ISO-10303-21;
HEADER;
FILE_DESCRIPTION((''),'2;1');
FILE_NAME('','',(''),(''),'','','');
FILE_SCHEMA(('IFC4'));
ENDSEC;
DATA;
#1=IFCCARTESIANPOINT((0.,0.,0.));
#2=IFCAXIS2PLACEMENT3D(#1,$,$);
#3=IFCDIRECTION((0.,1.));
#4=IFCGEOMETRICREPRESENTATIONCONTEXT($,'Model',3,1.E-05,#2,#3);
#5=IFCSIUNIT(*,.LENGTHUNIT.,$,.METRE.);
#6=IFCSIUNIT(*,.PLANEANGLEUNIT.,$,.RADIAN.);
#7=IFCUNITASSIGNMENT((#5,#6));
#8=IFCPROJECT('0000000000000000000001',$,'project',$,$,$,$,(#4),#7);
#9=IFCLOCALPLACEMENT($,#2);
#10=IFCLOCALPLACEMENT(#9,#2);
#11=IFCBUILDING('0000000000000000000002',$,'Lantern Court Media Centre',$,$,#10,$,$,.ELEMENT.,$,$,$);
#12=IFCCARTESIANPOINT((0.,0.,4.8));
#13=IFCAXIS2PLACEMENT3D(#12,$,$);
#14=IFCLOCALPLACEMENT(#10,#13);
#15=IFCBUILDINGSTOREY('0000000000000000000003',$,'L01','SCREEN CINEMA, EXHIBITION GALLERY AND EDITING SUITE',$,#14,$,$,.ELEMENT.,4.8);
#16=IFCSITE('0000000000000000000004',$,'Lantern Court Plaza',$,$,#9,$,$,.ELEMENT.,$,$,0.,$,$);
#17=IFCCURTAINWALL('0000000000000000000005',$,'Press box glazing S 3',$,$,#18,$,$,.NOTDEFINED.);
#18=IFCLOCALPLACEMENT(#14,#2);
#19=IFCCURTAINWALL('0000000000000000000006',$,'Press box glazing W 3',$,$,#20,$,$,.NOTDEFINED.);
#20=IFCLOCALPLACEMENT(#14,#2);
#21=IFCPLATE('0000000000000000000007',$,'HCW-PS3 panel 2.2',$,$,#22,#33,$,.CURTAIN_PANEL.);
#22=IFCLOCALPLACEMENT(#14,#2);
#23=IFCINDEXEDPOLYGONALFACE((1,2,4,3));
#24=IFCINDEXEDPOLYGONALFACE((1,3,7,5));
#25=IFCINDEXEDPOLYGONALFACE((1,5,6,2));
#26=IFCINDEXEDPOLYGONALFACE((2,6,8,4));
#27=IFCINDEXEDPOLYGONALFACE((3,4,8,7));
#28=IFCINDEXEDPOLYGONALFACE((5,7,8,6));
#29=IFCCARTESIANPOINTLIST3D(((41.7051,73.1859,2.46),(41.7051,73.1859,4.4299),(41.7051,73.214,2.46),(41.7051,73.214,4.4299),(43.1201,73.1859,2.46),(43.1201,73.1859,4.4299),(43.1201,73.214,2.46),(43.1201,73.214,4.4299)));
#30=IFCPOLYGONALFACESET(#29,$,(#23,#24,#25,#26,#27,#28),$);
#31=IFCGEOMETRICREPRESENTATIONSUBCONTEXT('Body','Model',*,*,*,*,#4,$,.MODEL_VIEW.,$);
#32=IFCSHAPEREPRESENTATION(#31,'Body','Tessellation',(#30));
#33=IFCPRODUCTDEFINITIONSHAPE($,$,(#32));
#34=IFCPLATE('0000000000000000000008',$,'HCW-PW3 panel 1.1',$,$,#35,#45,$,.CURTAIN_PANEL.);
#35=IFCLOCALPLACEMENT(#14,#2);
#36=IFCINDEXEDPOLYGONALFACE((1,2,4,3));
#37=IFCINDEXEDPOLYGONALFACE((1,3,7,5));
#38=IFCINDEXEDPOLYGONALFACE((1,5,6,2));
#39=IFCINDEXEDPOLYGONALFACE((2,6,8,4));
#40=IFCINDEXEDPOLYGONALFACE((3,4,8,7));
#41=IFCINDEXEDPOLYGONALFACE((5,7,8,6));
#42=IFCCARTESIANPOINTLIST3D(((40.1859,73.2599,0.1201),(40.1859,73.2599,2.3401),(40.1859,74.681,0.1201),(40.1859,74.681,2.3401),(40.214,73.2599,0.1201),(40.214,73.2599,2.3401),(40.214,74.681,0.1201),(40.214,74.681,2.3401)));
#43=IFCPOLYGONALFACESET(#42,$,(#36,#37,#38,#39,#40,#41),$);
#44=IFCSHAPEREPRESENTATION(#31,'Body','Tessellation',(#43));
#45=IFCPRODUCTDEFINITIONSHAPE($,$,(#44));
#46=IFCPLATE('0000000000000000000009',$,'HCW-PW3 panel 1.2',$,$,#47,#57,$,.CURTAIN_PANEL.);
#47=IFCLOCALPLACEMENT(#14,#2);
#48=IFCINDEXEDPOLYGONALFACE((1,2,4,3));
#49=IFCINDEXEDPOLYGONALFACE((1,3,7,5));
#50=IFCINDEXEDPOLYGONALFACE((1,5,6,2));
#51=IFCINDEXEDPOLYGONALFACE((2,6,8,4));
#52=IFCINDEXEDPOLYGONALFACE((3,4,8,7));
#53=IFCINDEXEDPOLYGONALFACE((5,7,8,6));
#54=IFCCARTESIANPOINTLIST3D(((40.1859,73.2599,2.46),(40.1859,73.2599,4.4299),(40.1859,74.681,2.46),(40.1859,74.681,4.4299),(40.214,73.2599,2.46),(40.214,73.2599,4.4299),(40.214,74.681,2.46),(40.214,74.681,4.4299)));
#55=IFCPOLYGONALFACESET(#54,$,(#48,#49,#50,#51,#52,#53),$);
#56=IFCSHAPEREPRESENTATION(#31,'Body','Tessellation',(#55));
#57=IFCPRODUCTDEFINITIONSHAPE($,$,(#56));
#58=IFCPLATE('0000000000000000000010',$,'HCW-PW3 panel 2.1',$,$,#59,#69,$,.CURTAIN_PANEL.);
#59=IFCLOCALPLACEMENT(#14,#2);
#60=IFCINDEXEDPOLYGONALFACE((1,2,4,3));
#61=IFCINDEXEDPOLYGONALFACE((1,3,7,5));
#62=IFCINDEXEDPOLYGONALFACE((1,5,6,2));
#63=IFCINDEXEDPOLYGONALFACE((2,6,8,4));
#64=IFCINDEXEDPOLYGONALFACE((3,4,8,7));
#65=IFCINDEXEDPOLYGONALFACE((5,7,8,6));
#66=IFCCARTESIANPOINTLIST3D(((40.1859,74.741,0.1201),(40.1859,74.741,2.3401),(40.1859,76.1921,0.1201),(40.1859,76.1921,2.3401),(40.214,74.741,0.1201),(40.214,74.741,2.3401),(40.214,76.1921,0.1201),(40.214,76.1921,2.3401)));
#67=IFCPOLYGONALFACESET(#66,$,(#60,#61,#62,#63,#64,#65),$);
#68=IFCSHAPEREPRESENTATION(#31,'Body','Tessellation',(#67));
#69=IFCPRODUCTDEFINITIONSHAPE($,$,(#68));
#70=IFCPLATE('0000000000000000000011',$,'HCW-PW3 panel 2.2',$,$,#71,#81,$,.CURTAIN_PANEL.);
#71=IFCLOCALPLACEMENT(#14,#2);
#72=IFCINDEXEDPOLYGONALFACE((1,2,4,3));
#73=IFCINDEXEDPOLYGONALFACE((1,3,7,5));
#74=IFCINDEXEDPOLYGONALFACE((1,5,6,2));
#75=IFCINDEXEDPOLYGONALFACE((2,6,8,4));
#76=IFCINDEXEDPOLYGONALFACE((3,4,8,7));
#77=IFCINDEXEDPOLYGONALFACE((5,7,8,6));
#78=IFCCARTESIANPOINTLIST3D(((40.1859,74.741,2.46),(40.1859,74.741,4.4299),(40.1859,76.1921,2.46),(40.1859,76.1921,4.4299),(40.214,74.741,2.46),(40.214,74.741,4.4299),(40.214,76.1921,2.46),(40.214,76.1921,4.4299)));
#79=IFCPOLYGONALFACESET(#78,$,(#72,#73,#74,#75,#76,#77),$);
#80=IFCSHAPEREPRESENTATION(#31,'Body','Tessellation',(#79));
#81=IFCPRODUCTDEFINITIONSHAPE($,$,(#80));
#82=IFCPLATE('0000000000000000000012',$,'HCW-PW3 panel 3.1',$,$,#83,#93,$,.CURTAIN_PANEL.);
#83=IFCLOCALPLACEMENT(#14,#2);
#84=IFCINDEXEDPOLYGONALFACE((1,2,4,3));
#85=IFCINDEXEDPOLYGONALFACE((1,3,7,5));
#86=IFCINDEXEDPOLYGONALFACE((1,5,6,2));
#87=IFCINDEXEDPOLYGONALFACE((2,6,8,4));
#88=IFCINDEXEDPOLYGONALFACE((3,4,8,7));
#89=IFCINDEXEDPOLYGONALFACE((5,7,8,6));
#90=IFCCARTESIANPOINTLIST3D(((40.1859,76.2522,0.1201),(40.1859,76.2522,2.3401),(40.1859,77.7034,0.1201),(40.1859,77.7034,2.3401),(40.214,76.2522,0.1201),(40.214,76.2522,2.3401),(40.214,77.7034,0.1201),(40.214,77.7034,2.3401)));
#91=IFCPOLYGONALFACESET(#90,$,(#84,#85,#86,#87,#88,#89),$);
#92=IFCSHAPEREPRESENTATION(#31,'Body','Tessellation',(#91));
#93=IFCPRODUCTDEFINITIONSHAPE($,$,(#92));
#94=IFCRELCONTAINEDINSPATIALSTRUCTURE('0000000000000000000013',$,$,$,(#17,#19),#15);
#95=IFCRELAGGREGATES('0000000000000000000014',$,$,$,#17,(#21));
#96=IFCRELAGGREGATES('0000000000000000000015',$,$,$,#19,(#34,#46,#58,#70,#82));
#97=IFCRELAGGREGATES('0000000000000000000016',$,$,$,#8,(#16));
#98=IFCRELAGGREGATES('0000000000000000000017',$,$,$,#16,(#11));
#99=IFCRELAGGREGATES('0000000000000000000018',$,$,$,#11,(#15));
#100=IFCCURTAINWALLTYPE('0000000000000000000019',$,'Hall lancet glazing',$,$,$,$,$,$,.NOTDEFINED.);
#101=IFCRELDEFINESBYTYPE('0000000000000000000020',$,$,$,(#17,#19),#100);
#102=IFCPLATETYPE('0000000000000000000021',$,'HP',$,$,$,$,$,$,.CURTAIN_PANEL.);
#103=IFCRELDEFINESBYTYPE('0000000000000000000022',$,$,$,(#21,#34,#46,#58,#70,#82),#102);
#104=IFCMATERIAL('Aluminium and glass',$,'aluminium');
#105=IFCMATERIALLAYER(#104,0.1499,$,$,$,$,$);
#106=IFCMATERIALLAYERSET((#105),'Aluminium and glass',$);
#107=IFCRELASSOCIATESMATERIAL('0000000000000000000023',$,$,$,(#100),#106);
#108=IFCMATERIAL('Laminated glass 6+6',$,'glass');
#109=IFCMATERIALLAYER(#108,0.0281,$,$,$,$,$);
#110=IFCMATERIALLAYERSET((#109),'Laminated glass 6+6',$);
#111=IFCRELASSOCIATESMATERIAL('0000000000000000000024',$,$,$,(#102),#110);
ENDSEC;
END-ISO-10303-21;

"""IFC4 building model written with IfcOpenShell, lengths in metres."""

from ifc_helpers import new_model, si_unit, direction, frame, origin, origin_2d, place, context, subcontext, project, spatial, rectangle, extrude, material, layer, layer_set, type_object, element, aggregate, save


model = new_model("IFC4")

# Units and contexts
model_context = context("Model", 3, precision=1e-05, world=origin(), true_north=direction((0.0, 1.0)))
body_context = subcontext(model_context, "Body", "Model", "MODEL_VIEW")
ifc_project = project(units=[si_unit("LENGTHUNIT", "METRE"), si_unit("PLANEANGLEUNIT", "RADIAN")], contexts=[model_context])

# Site, building, storey
site_placement = place(None, origin())
site = spatial("IfcSite", under=ifc_project, at=site_placement, Name="Lantern Court Plaza", CompositionType="ELEMENT", RefElevation=0.0)
building_placement = place(site_placement, origin())
building = spatial("IfcBuilding", under=site, at=building_placement, Name="Lantern Court Media Centre", CompositionType="ELEMENT")
storey_placement = place(building_placement, frame((0.0, 0.0, 4.8)))
storey = spatial("IfcBuildingStorey", under=building, at=storey_placement, Name="L01", Description="SCREEN CINEMA, EXHIBITION GALLERY AND EDITING SUITE", CompositionType="ELEMENT", Elevation=4.8)

# Curtain walls
ifc_material_1 = material(Name="Aluminium and glass", Category="aluminium")
ifc_layer_1 = layer(ifc_material_1, 0.1499)
ifc_layer_set_1 = layer_set([ifc_layer_1], Name="Aluminium and glass")
curtain_wall_type = type_object("IfcCurtainWallType", Name="Hall lancet glazing", PredefinedType="NOTDEFINED", material=ifc_layer_set_1)
curtain_wall_1_placement = place(storey_placement, origin())
curtain_wall_1 = element("IfcCurtainWall", 1, at=curtain_wall_1_placement, inside=storey, type_object=curtain_wall_type, Name="Press box glazing S 3", PredefinedType="NOTDEFINED")
curtain_wall_2_placement = place(storey_placement, origin())
curtain_wall_2 = element("IfcCurtainWall", 2, at=curtain_wall_2_placement, inside=storey, type_object=curtain_wall_type, Name="Press box glazing W 3", PredefinedType="NOTDEFINED")

# Plates
ifc_material_2 = material(Name="Laminated glass 6+6", Category="glass")
ifc_layer_2 = layer(ifc_material_2, 0.0281)
ifc_layer_set_2 = layer_set([ifc_layer_2], Name="Laminated glass 6+6")
plate_type = type_object("IfcPlateType", Name="HP", PredefinedType="CURTAIN_PANEL", material=ifc_layer_set_2)
plate_1_placement = place(storey_placement, frame((42.4126, 73.2, 2.46), z_axis=(0.0, 0.0, 1.0), x_axis=(1.0, 0.0, 0.0)))
plate_1 = element("IfcPlate", 3, at=plate_1_placement, type_object=plate_type, Name="HCW-PS3 panel 2.2", PredefinedType="CURTAIN_PANEL", context=body_context, shape_type="SweptSolid", body=[
    extrude(rectangle(XDim=1.415, YDim=0.0281, at=origin_2d()), origin(), (0.0, 0.0, 1.0), 1.97),
])
aggregate(curtain_wall_1, [plate_1])
plate_2_placement = place(storey_placement, frame((40.2, 73.9705, 0.1201), z_axis=(0.0, 0.0, 1.0), x_axis=(0.0, 1.0, 0.0)))
plate_2 = element("IfcPlate", 4, at=plate_2_placement, type_object=plate_type, Name="HCW-PW3 panel 1.1", PredefinedType="CURTAIN_PANEL", context=body_context, shape_type="SweptSolid", body=[
    extrude(rectangle(XDim=1.4211, YDim=0.0281, at=origin_2d()), origin(), (0.0, 0.0, 1.0), 2.22),
])
plate_3_placement = place(storey_placement, frame((40.2, 73.9705, 2.46), z_axis=(0.0, 0.0, 1.0), x_axis=(0.0, 1.0, 0.0)))
plate_3 = element("IfcPlate", 5, at=plate_3_placement, type_object=plate_type, Name="HCW-PW3 panel 1.2", PredefinedType="CURTAIN_PANEL", context=body_context, shape_type="SweptSolid", body=[
    extrude(rectangle(XDim=1.4211, YDim=0.0281, at=origin_2d()), origin(), (0.0, 0.0, 1.0), 1.97),
])
plate_4_placement = place(storey_placement, frame((40.2, 75.4666, 0.1201), z_axis=(0.0, 0.0, 1.0), x_axis=(0.0, 1.0, 0.0)))
plate_4 = element("IfcPlate", 6, at=plate_4_placement, type_object=plate_type, Name="HCW-PW3 panel 2.1", PredefinedType="CURTAIN_PANEL", context=body_context, shape_type="SweptSolid", body=[
    extrude(rectangle(XDim=1.4512, YDim=0.0281, at=origin_2d()), origin(), (0.0, 0.0, 1.0), 2.22),
])
plate_5_placement = place(storey_placement, frame((40.2, 75.4666, 2.46), z_axis=(0.0, 0.0, 1.0), x_axis=(0.0, 1.0, 0.0)))
plate_5 = element("IfcPlate", 7, at=plate_5_placement, type_object=plate_type, Name="HCW-PW3 panel 2.2", PredefinedType="CURTAIN_PANEL", context=body_context, shape_type="SweptSolid", body=[
    extrude(rectangle(XDim=1.4512, YDim=0.0281, at=origin_2d()), origin(), (0.0, 0.0, 1.0), 1.97),
])
plate_6_placement = place(storey_placement, frame((40.2, 76.9778, 0.1201), z_axis=(0.0, 0.0, 1.0), x_axis=(0.0, 1.0, 0.0)))
plate_6 = element("IfcPlate", 8, at=plate_6_placement, type_object=plate_type, Name="HCW-PW3 panel 3.1", PredefinedType="CURTAIN_PANEL", context=body_context, shape_type="SweptSolid", body=[
    extrude(rectangle(XDim=1.4512, YDim=0.0281, at=origin_2d()), origin(), (0.0, 0.0, 1.0), 2.22),
])
aggregate(curtain_wall_2, [plate_2, plate_3, plate_4, plate_5, plate_6])

save(model, "model.ifc")
